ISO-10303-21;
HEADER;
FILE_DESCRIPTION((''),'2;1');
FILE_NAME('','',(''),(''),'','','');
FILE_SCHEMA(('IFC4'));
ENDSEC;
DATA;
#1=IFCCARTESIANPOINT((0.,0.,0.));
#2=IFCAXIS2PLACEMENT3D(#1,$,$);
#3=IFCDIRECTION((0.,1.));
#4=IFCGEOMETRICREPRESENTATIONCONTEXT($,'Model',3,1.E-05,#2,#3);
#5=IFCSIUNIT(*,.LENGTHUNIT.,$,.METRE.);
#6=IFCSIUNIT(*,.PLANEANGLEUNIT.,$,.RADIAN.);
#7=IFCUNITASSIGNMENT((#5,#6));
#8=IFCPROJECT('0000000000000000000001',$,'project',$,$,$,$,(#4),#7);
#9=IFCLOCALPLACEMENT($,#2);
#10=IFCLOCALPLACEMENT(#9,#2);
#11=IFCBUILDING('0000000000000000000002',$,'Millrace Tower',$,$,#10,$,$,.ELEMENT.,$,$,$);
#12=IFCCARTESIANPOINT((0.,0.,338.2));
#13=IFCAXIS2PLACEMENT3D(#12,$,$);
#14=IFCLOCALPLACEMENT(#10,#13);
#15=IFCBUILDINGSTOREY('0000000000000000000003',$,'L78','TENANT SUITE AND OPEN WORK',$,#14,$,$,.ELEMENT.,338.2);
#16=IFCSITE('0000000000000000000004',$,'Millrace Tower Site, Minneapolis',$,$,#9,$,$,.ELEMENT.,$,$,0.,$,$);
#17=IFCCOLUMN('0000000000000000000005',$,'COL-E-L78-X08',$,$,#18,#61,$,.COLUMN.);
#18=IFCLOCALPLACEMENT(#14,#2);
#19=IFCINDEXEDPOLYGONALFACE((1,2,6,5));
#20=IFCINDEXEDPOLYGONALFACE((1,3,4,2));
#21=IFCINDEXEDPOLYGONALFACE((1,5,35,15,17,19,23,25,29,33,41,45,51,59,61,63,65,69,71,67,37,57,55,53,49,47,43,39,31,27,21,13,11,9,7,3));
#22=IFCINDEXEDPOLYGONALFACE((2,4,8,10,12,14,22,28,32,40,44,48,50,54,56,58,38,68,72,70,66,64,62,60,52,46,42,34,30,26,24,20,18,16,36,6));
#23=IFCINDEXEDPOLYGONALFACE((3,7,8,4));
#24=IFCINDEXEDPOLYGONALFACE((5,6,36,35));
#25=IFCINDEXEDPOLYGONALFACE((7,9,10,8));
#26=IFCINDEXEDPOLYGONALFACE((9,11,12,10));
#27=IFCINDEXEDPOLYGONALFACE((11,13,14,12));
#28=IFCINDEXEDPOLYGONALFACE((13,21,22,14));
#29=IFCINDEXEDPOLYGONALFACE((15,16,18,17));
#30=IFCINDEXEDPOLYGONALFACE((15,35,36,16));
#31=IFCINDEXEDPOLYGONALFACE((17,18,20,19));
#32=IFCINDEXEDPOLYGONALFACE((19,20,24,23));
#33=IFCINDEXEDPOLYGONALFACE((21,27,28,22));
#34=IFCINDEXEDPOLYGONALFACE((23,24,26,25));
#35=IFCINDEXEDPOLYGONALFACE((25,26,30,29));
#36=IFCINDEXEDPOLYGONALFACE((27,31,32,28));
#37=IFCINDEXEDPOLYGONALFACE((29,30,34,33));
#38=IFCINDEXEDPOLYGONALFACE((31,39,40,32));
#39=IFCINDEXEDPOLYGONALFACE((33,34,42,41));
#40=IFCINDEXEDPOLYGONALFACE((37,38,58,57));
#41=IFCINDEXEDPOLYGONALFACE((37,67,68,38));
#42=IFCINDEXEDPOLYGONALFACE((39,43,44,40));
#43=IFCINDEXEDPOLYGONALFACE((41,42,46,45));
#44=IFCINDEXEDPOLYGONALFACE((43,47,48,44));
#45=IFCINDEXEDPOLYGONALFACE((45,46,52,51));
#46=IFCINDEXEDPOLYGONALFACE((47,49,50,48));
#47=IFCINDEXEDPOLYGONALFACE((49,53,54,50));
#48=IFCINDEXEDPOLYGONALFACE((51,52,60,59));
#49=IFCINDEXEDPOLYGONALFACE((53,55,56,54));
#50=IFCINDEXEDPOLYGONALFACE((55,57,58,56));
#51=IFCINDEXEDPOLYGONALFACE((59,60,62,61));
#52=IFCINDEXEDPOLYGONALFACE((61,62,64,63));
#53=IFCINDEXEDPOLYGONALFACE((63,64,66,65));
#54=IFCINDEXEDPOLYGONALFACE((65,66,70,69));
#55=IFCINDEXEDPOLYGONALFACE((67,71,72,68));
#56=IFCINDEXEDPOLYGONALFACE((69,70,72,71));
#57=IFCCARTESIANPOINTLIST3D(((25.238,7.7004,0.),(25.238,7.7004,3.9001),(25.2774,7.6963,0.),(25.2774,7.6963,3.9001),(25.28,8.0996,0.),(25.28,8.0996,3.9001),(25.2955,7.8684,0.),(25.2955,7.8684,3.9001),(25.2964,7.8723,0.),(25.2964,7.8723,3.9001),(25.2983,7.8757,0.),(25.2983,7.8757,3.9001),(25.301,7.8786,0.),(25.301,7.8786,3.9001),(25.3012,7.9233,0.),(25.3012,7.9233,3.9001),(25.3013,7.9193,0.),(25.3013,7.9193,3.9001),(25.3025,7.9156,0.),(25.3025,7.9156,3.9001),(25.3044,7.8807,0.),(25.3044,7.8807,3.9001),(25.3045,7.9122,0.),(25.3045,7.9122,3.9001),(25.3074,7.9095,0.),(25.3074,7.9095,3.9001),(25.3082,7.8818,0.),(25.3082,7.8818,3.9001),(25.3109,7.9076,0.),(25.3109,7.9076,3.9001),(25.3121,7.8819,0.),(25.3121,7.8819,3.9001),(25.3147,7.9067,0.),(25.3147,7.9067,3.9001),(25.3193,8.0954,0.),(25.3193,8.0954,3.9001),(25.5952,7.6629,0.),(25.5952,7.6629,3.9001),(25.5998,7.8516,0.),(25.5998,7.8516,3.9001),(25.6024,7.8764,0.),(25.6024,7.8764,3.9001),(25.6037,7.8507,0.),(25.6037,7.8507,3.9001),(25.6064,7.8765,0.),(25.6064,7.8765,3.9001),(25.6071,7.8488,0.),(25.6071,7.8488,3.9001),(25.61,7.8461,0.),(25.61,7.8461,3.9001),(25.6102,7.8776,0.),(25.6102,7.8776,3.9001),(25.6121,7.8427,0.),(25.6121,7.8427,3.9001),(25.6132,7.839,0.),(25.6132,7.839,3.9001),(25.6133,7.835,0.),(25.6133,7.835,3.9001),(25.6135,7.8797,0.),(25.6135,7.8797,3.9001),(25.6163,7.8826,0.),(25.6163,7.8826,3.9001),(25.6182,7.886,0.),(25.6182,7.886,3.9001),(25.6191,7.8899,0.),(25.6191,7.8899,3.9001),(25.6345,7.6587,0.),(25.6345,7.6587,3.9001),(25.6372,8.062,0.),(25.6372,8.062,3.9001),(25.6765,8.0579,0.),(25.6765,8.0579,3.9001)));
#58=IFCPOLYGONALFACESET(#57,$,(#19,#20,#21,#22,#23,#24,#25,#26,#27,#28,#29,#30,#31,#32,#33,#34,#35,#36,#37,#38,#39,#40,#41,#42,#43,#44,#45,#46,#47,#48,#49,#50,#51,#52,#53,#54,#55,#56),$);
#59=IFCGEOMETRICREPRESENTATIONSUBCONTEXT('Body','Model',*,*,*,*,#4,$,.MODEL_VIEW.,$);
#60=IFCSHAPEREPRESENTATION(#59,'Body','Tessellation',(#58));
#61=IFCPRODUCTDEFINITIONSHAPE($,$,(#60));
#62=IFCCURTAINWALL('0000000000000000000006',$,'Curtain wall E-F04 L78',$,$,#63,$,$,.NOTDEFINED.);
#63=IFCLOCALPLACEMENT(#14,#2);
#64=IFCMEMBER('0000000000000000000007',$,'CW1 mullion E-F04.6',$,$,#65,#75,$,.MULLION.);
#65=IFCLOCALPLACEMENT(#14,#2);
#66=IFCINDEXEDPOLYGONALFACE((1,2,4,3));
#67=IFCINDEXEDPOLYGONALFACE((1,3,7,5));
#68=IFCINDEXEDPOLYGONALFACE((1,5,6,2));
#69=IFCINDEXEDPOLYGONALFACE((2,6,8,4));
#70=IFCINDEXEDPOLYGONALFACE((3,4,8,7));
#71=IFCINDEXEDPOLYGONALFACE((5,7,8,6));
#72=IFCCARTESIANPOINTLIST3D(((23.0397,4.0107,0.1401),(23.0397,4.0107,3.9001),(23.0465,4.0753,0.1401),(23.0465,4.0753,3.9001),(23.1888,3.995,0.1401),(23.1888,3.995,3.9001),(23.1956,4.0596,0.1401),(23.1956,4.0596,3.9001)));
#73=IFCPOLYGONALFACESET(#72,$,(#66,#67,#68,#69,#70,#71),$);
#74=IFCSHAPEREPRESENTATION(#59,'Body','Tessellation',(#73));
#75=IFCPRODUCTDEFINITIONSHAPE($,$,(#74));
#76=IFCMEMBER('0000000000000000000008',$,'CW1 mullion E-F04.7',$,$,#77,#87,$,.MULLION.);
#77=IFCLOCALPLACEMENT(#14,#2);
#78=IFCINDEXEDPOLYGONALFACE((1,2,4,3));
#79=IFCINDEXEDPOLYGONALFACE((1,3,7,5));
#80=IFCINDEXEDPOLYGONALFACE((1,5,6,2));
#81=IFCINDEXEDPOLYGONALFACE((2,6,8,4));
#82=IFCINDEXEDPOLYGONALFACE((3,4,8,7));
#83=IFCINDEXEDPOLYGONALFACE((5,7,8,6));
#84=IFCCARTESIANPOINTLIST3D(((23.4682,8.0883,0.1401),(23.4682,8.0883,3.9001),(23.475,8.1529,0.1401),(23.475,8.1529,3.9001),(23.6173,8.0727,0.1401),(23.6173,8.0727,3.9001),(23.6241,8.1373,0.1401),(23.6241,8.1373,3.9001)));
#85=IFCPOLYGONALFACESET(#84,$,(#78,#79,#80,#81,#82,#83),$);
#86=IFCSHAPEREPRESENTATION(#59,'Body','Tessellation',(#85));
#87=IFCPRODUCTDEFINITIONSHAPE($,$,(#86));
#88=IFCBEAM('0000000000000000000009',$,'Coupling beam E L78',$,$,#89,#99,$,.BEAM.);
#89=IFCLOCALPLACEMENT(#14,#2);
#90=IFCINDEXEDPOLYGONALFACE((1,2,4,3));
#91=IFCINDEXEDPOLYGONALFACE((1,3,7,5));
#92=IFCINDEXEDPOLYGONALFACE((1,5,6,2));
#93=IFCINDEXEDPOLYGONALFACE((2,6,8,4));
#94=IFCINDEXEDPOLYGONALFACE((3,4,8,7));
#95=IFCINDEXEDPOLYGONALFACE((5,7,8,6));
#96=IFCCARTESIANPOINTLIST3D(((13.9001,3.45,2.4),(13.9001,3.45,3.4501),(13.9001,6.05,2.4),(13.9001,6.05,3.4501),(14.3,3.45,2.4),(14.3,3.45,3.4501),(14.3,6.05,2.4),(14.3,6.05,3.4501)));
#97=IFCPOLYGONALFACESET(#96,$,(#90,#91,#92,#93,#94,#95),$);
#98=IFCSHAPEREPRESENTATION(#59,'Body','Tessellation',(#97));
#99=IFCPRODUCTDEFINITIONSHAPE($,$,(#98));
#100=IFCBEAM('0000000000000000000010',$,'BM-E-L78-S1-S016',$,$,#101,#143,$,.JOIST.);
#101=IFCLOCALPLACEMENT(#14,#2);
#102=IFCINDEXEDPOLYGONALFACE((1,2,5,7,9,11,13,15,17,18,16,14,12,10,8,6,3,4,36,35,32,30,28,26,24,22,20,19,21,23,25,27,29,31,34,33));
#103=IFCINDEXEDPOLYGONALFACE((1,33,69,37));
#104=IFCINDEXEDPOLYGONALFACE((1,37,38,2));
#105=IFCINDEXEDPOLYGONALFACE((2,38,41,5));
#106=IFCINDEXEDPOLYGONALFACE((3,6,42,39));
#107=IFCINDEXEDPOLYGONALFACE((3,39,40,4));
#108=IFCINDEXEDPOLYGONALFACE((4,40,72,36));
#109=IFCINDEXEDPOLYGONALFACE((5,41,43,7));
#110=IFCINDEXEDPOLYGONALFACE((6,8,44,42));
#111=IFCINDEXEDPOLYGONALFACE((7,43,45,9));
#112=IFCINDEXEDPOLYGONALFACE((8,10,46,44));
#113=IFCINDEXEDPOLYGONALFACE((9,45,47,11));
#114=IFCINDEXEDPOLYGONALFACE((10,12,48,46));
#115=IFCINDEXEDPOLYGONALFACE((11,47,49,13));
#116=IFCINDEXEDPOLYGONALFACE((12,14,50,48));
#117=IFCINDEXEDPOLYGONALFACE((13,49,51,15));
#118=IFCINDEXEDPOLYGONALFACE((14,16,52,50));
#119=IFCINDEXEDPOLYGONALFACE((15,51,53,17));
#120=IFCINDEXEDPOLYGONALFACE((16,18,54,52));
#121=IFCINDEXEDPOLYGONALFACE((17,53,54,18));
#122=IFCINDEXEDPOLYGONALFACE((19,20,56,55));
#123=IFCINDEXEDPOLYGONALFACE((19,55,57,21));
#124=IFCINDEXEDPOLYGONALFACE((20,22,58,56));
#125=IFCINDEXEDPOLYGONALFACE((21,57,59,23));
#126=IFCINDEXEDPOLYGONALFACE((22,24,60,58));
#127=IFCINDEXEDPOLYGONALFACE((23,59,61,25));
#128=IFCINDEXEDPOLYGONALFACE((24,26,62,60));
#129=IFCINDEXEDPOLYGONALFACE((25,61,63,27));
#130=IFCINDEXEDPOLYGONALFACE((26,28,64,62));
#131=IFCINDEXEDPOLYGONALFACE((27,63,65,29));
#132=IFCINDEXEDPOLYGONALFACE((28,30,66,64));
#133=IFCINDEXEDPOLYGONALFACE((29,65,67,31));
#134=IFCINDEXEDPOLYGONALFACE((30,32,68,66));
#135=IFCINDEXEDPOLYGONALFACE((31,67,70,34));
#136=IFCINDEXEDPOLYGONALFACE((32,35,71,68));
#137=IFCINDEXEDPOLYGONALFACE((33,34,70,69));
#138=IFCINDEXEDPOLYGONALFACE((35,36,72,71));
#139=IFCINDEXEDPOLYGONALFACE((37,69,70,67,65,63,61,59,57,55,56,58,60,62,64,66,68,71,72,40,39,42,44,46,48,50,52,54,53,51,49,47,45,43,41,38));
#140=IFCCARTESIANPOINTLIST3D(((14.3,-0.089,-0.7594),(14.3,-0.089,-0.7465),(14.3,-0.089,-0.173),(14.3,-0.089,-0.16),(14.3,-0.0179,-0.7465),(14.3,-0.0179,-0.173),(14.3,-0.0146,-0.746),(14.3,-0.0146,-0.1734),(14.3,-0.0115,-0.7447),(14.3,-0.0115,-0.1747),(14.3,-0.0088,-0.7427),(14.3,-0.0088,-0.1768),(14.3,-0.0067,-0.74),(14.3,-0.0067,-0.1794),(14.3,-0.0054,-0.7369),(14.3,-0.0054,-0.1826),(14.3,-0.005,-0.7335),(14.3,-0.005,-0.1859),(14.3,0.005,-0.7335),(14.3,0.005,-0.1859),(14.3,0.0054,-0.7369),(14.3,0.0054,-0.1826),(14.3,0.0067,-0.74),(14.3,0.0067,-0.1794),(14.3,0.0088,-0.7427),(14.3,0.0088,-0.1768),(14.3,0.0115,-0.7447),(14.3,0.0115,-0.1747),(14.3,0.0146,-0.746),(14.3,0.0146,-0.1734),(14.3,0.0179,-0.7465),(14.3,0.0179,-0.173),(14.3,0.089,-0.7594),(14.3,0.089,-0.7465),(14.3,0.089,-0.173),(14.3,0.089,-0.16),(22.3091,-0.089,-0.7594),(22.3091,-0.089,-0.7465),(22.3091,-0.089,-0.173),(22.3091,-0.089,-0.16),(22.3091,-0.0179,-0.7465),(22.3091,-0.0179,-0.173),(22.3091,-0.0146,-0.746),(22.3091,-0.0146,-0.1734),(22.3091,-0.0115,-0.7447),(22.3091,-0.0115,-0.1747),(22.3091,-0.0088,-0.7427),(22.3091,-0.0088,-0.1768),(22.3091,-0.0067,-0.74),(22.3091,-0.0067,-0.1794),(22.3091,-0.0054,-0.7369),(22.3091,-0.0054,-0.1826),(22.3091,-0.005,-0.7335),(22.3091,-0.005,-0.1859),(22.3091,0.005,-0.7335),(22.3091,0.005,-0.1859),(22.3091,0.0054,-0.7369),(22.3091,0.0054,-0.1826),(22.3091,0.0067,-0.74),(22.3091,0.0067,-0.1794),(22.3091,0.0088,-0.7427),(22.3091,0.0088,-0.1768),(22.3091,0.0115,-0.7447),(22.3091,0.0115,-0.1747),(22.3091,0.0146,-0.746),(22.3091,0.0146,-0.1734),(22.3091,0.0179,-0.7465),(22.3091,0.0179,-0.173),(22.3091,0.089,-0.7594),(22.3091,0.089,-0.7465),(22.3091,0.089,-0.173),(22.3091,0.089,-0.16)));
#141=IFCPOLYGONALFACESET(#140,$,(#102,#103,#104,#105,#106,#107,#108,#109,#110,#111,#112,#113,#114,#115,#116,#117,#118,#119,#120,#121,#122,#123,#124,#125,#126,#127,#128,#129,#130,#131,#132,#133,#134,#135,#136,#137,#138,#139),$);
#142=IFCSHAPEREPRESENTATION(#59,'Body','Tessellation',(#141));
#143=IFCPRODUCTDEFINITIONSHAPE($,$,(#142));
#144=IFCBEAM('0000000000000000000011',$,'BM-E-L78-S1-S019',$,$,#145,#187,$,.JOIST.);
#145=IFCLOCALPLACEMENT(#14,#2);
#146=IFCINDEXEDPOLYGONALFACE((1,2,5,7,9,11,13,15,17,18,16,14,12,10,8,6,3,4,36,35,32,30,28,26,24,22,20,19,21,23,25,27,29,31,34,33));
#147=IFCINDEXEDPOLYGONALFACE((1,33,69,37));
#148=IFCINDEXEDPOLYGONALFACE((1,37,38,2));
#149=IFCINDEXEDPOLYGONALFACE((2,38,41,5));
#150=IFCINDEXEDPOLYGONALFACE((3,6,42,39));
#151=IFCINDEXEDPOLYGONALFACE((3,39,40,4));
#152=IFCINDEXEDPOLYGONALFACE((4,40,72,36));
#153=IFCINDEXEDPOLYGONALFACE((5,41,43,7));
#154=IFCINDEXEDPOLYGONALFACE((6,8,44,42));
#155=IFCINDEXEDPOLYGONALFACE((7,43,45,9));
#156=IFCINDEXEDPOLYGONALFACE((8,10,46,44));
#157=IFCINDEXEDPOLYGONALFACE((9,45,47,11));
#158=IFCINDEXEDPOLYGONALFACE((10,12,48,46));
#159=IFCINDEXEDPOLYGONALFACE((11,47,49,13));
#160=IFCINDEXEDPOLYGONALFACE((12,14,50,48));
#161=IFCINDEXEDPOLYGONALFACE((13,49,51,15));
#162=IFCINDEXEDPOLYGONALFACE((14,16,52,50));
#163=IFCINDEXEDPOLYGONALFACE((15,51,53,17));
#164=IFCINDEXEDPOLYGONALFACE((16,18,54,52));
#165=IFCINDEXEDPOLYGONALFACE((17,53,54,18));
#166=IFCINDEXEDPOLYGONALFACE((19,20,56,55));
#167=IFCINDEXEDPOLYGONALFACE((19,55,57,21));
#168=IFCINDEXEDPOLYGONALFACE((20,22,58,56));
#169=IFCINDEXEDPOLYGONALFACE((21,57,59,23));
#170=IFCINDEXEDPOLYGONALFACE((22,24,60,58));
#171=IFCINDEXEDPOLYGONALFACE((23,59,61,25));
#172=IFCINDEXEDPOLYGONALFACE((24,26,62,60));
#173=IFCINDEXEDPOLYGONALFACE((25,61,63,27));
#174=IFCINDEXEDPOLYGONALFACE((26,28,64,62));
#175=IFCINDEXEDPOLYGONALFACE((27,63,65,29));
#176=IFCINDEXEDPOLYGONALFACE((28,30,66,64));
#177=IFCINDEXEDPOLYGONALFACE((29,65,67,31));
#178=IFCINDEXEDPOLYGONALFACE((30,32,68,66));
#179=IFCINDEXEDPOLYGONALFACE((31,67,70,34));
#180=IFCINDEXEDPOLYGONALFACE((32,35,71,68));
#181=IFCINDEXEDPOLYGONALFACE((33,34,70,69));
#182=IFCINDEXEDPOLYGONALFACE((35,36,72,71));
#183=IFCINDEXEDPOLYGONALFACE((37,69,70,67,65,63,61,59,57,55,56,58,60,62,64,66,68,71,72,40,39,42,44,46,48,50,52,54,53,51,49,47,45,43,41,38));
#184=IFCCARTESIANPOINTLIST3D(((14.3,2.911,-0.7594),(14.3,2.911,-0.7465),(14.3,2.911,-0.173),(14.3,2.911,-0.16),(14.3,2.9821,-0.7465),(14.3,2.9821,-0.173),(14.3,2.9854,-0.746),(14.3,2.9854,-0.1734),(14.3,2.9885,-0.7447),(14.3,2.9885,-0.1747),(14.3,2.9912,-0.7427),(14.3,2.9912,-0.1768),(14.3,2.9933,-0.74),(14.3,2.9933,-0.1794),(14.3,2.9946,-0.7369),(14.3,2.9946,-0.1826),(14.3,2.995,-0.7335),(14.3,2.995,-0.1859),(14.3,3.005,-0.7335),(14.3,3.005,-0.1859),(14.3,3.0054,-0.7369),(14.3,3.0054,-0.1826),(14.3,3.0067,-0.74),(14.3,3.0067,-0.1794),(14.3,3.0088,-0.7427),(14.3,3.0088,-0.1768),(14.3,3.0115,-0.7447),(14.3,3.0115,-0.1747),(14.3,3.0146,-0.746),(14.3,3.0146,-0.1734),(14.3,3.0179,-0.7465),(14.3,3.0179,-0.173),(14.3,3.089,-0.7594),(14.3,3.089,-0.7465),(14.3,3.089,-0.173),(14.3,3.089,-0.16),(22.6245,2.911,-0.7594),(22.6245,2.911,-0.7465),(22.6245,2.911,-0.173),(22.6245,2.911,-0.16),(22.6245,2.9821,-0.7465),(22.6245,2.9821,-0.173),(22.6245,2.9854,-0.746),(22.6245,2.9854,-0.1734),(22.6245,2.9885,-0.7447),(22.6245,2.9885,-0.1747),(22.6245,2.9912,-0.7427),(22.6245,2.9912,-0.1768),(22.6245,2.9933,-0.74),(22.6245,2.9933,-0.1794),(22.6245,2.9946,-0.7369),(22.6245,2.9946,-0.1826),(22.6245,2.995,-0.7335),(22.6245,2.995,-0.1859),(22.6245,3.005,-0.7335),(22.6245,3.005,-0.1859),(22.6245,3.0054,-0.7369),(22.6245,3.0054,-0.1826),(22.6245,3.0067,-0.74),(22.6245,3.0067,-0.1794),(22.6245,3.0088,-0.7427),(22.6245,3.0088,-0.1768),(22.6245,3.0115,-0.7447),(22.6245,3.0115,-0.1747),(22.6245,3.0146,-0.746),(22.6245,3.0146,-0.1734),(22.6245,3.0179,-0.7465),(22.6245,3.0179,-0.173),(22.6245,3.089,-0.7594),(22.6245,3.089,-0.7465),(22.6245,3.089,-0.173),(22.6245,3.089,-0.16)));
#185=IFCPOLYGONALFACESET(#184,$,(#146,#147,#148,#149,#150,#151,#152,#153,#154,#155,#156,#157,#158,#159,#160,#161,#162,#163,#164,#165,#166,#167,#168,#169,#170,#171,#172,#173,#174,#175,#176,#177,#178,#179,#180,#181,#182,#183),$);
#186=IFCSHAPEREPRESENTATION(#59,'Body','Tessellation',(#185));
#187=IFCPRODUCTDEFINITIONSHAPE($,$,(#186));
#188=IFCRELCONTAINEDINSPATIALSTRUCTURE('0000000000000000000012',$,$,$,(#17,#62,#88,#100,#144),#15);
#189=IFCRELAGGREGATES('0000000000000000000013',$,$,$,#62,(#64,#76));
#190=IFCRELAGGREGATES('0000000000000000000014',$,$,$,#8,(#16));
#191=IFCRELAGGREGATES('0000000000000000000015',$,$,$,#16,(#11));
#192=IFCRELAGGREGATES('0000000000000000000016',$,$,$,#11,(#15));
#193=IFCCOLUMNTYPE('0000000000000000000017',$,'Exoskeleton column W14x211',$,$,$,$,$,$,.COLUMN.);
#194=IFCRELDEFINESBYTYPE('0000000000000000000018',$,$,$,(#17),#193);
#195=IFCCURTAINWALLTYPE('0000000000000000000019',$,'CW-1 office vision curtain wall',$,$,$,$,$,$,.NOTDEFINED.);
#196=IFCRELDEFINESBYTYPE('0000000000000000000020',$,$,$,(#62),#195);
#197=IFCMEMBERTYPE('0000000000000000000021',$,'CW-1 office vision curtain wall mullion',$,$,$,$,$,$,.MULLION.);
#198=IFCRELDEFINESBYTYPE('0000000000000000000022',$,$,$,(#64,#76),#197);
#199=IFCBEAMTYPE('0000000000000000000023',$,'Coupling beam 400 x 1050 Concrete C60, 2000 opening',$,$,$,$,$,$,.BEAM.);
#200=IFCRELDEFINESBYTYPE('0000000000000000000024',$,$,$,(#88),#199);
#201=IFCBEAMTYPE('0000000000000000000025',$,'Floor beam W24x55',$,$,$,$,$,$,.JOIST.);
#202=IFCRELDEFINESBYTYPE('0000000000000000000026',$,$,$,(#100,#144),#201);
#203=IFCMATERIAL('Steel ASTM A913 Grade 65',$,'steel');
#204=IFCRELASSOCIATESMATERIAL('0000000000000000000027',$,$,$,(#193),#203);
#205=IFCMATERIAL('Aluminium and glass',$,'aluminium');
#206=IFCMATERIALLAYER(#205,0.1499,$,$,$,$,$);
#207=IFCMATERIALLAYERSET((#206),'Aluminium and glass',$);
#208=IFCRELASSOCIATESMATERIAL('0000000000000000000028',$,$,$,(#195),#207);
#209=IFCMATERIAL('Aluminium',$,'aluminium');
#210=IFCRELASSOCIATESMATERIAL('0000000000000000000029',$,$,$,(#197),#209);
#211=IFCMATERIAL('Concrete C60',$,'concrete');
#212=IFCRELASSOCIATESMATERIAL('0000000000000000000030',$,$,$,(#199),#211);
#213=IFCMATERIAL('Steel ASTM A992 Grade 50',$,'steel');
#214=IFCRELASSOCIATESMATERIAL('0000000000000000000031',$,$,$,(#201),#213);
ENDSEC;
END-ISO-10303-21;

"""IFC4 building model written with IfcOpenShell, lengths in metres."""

from ifc_helpers import new_model, si_unit, direction, frame, origin, origin_2d, place, context, subcontext, project, spatial, rectangle, i_section, extrude, material, layer, layer_set, material_profile, profile_set, type_object, element, aggregate, save


model = new_model("IFC4")

# Units and contexts
model_context = context("Model", 3, precision=1e-05, world=origin(), true_north=direction((0.0, 1.0)))
body_context = subcontext(model_context, "Body", "Model", "MODEL_VIEW")
ifc_project = project(units=[si_unit("LENGTHUNIT", "METRE"), si_unit("PLANEANGLEUNIT", "RADIAN")], contexts=[model_context])

# Site, building, storey
site_placement = place(None, origin())
site = spatial("IfcSite", under=ifc_project, at=site_placement, Name="Millrace Tower Site, Minneapolis", CompositionType="ELEMENT", RefElevation=0.0)
building_placement = place(site_placement, origin())
building = spatial("IfcBuilding", under=site, at=building_placement, Name="Millrace Tower", CompositionType="ELEMENT")
storey_placement = place(building_placement, frame((0.0, 0.0, 338.2)))
storey = spatial("IfcBuildingStorey", under=building, at=storey_placement, Name="L78", Description="TENANT SUITE AND OPEN WORK", CompositionType="ELEMENT", Elevation=338.2)

# Column
ifc_material_1 = material(Name="Steel ASTM A913 Grade 65", Category="steel")
ifc_material_profile_1 = material_profile(ifc_material_1, i_section(OverallWidth=0.4014, OverallDepth=0.3987, WebThickness=0.0249, FlangeThickness=0.0396, FilletRadius=0.0151, at=origin_2d()))
ifc_profile_set_1 = profile_set([ifc_material_profile_1], Name="Steel ASTM A913 Grade 65")
column_type = type_object("IfcColumnType", Name="Exoskeleton column W14x211", PredefinedType="COLUMN", material=ifc_profile_set_1)
column_placement = place(storey_placement, frame((25.4573, 7.8792, 0.0), z_axis=(0.0, 0.0, 1.0), x_axis=(0.104528, 0.994522, 0.0)))
element("IfcColumn", 1, at=column_placement, inside=storey, type_object=column_type, Name="COL-E-L78-X08", PredefinedType="COLUMN", context=body_context, shape_type="SweptSolid", body=[
    extrude(i_section(OverallWidth=0.4014, OverallDepth=0.3987, WebThickness=0.0249, FlangeThickness=0.0396, FilletRadius=0.0151, at=origin_2d()), origin(), (0.0, 0.0, 1.0), 3.9001),
])

# Curtain wall, members
ifc_material_2 = material(Name="Aluminium and glass", Category="aluminium")
ifc_layer_1 = layer(ifc_material_2, 0.1499)
ifc_layer_set_1 = layer_set([ifc_layer_1], Name="Aluminium and glass")
curtain_wall_type = type_object("IfcCurtainWallType", Name="CW-1 office vision curtain wall", PredefinedType="NOTDEFINED", material=ifc_layer_set_1)
curtain_wall_placement = place(storey_placement, origin())
curtain_wall = element("IfcCurtainWall", 2, at=curtain_wall_placement, inside=storey, type_object=curtain_wall_type, Name="Curtain wall E-F04 L78", PredefinedType="NOTDEFINED")
ifc_material_3 = material(Name="Aluminium", Category="aluminium")
ifc_material_profile_2 = material_profile(ifc_material_3, rectangle(XDim=0.0649, YDim=0.1499, at=origin_2d()))
ifc_profile_set_2 = profile_set([ifc_material_profile_2], Name="Aluminium")
member_type = type_object("IfcMemberType", Name="CW-1 office vision curtain wall mullion", PredefinedType="MULLION", material=ifc_profile_set_2)
member_1_placement = place(storey_placement, frame((23.1177, 4.0352, 0.1401), z_axis=(0.0, 0.0, 1.0), x_axis=(0.104528, 0.994522, 0.0)))
member_1 = element("IfcMember", 3, at=member_1_placement, type_object=member_type, Name="CW1 mullion E-F04.6", PredefinedType="MULLION", context=body_context, shape_type="SweptSolid", body=[
    extrude(rectangle(XDim=0.0649, YDim=0.1499, at=origin_2d()), origin(), (0.0, 0.0, 1.0), 3.76),
])
member_2_placement = place(storey_placement, frame((23.5461, 8.1128, 0.1401), z_axis=(0.0, 0.0, 1.0), x_axis=(0.104528, 0.994522, 0.0)))
member_2 = element("IfcMember", 4, at=member_2_placement, type_object=member_type, Name="CW1 mullion E-F04.7", PredefinedType="MULLION", context=body_context, shape_type="SweptSolid", body=[
    extrude(rectangle(XDim=0.0649, YDim=0.1499, at=origin_2d()), origin(), (0.0, 0.0, 1.0), 3.76),
])
aggregate(curtain_wall, [member_1, member_2])

# Beams
ifc_material_4 = material(Name="Concrete C60", Category="concrete")
ifc_material_profile_3 = material_profile(ifc_material_4, rectangle(XDim=0.3999, YDim=1.05, at=origin_2d()))
ifc_profile_set_3 = profile_set([ifc_material_profile_3], Name="Concrete C60")
beam_type_1 = type_object("IfcBeamType", Name="Coupling beam 400 x 1050 Concrete C60, 2000 opening", PredefinedType="BEAM", material=ifc_profile_set_3)
beam_1_placement = place(storey_placement, frame((14.1001, 6.05, 2.925), z_axis=(0.0, -1.0, 0.0), x_axis=(1.0, 0.0, 0.0)))
element("IfcBeam", 5, at=beam_1_placement, inside=storey, type_object=beam_type_1, Name="Coupling beam E L78", PredefinedType="BEAM", context=body_context, shape_type="SweptSolid", body=[
    extrude(rectangle(XDim=0.3999, YDim=1.05, at=origin_2d()), origin(), (0.0, 0.0, 1.0), 2.6001),
])
ifc_material_5 = material(Name="Steel ASTM A992 Grade 50", Category="steel")
ifc_material_profile_4 = material_profile(ifc_material_5, i_section(OverallWidth=0.178, OverallDepth=0.5994, WebThickness=0.01, FlangeThickness=0.0129, FilletRadius=0.0129, at=origin_2d()))
ifc_profile_set_4 = profile_set([ifc_material_profile_4], Name="Steel ASTM A992 Grade 50")
beam_type_2 = type_object("IfcBeamType", Name="Floor beam W24x55", PredefinedType="JOIST", material=ifc_profile_set_4)
beam_2_placement = place(storey_placement, frame((14.3, 0.0, -0.4597), z_axis=(1.0, 0.0, 0.0), x_axis=(0.0, 1.0, 0.0)))
element("IfcBeam", 6, at=beam_2_placement, inside=storey, type_object=beam_type_2, Name="BM-E-L78-S1-S016", PredefinedType="JOIST", context=body_context, shape_type="SweptSolid", body=[
    extrude(i_section(OverallWidth=0.178, OverallDepth=0.5994, WebThickness=0.01, FlangeThickness=0.0129, FilletRadius=0.0129, at=origin_2d()), origin(), (0.0, 0.0, 1.0), 8.009),
])
beam_3_placement = place(storey_placement, frame((14.3, 3.0, -0.4597), z_axis=(1.0, 0.0, 0.0), x_axis=(0.0, 1.0, 0.0)))
element("IfcBeam", 7, at=beam_3_placement, inside=storey, type_object=beam_type_2, Name="BM-E-L78-S1-S019", PredefinedType="JOIST", context=body_context, shape_type="SweptSolid", body=[
    extrude(i_section(OverallWidth=0.178, OverallDepth=0.5994, WebThickness=0.01, FlangeThickness=0.0129, FilletRadius=0.0129, at=origin_2d()), origin(), (0.0, 0.0, 1.0), 8.3245),
])

save(model, "model.ifc")
